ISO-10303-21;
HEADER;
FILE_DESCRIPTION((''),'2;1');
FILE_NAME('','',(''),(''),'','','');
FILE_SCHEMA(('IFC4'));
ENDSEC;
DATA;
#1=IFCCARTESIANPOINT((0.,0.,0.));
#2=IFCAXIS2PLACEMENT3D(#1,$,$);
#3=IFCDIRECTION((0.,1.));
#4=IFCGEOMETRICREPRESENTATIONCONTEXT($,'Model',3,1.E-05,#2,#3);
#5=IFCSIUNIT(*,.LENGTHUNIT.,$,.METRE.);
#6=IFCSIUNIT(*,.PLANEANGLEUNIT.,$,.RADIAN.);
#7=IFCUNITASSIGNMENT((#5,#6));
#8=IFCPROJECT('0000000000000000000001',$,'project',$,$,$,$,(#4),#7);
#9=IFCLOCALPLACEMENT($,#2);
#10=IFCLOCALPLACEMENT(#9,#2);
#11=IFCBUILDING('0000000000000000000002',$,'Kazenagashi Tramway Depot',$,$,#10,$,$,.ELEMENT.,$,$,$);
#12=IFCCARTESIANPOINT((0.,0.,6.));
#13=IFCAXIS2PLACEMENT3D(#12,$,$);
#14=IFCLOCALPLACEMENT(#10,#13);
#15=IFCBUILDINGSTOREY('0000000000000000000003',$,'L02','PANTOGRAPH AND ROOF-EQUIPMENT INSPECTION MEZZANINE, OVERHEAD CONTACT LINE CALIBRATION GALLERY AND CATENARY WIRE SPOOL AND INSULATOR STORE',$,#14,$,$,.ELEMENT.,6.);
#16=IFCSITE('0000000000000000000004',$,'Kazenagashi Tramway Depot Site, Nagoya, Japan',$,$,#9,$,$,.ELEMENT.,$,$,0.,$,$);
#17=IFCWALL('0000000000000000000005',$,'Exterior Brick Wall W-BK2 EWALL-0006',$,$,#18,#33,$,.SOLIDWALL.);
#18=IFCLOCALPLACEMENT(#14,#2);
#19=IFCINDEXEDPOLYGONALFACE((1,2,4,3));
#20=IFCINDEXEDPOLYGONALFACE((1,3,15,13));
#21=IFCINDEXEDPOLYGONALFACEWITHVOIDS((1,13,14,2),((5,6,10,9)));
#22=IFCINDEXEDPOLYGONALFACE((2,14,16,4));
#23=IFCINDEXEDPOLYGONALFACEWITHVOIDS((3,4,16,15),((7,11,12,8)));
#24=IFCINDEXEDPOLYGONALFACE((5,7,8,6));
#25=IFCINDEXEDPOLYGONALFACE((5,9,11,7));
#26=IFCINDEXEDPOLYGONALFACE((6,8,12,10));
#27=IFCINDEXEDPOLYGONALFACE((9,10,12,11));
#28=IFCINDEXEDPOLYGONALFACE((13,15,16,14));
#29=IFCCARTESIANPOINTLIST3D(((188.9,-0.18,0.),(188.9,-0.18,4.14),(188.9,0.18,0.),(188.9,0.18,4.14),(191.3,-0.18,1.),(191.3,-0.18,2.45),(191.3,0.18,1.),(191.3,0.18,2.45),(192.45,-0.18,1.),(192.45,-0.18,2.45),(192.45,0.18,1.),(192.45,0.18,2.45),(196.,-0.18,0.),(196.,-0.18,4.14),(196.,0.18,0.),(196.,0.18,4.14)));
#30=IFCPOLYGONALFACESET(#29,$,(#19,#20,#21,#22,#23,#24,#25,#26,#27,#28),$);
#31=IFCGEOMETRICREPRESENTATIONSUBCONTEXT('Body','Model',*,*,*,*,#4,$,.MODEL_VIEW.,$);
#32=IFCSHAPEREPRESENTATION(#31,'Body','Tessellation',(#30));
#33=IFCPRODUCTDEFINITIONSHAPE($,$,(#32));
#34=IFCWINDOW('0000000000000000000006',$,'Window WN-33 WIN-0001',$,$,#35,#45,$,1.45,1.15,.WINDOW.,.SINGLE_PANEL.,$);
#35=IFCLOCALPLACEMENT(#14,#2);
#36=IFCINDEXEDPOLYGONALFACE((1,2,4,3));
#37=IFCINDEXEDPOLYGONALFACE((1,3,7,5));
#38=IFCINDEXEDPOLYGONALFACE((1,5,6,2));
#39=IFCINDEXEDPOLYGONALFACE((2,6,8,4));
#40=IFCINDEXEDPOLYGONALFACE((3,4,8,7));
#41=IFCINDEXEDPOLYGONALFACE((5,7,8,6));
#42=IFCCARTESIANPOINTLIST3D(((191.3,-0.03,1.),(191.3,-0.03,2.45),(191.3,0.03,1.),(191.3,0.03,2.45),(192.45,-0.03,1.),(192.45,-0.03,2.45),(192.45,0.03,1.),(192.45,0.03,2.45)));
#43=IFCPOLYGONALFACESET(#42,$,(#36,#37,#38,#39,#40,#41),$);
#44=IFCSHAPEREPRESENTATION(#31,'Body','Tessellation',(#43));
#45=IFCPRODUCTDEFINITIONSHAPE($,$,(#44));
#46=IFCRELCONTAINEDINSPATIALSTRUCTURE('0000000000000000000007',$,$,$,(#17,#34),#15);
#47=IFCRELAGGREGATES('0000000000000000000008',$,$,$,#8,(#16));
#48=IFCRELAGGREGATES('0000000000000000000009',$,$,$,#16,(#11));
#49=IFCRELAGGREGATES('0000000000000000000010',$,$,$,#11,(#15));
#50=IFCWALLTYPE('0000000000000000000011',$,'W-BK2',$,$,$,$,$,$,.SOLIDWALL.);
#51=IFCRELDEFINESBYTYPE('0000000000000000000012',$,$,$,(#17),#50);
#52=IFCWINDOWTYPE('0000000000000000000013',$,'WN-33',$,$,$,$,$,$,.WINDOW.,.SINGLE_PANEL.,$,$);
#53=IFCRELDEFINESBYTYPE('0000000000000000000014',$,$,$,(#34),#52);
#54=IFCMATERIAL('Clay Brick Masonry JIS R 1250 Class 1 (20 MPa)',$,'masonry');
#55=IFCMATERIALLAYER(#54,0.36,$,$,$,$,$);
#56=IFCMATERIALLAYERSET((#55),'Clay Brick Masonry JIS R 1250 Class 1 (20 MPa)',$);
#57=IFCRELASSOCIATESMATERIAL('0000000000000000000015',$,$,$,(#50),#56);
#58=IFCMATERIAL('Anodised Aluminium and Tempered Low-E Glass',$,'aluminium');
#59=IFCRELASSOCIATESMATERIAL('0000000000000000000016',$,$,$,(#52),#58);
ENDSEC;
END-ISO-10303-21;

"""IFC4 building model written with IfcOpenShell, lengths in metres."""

from ifc_helpers import new_model, si_unit, direction, frame, frame_2d, origin, place, context, subcontext, project, spatial, rectangle, extrude, material, layer, layer_set, type_object, element, fill, save


model = new_model("IFC4")

# Units and contexts
model_context = context("Model", 3, precision=1e-05, world=origin(), true_north=direction((0.0, 1.0)))
body_context = subcontext(model_context, "Body", "Model", "MODEL_VIEW")
ifc_project = project(units=[si_unit("LENGTHUNIT", "METRE"), si_unit("PLANEANGLEUNIT", "RADIAN")], contexts=[model_context])

# Site, building, storey
site_placement = place(None, origin())
site = spatial("IfcSite", under=ifc_project, at=site_placement, Name="Kazenagashi Tramway Depot Site, Nagoya, Japan", CompositionType="ELEMENT", RefElevation=0.0)
building_placement = place(site_placement, origin())
building = spatial("IfcBuilding", under=site, at=building_placement, Name="Kazenagashi Tramway Depot", CompositionType="ELEMENT")
storey_placement = place(building_placement, frame((0.0, 0.0, 6.0)))
storey = spatial("IfcBuildingStorey", under=building, at=storey_placement, Name="L02", Description="PANTOGRAPH AND ROOF-EQUIPMENT INSPECTION MEZZANINE, OVERHEAD CONTACT LINE CALIBRATION GALLERY AND CATENARY WIRE SPOOL AND INSULATOR STORE", CompositionType="ELEMENT", Elevation=6.0)

# Wall, opening, window
ifc_material_1 = material(Name="Clay Brick Masonry JIS R 1250 Class 1 (20 MPa)", Category="masonry")
ifc_layer_1 = layer(ifc_material_1, 0.36)
ifc_layer_set_1 = layer_set([ifc_layer_1], Name="Clay Brick Masonry JIS R 1250 Class 1 (20 MPa)")
wall_type = type_object("IfcWallType", Name="W-BK2", PredefinedType="SOLIDWALL", material=ifc_layer_set_1)
wall_placement = place(storey_placement, frame((188.9, 0.0, 0.0), z_axis=(0.0, 0.0, 1.0), x_axis=(1.0, 0.0, 0.0)))
wall = element("IfcWall", 1, at=wall_placement, inside=storey, type_object=wall_type, Name="Exterior Brick Wall W-BK2 EWALL-0006", PredefinedType="SOLIDWALL", context=body_context, shape_type="SweptSolid", body=[
    extrude(rectangle(XDim=7.1, YDim=0.36, at=frame_2d((3.55, 0.0))), origin(), (0.0, 0.0, 1.0), 4.14),
])
opening_placement = place(wall_placement, frame((2.4, 0.0, 1.0)))
opening = element("IfcOpeningElement", 2, at=opening_placement, cuts=wall, PredefinedType="OPENING", context=body_context, shape_type="SweptSolid", body=[
    extrude(rectangle(XDim=1.15, YDim=1.45, at=frame_2d((0.575, 0.725))), frame((0.0, 0.19, 0.0), z_axis=(0.0, -1.0, 0.0), x_axis=(1.0, 0.0, 0.0)), (0.0, 0.0, 1.0), 0.38),
])
ifc_material_2 = material(Name="Anodised Aluminium and Tempered Low-E Glass", Category="aluminium")
window_type = type_object("IfcWindowType", Name="WN-33", PartitioningType="SINGLE_PANEL", PredefinedType="WINDOW", material=ifc_material_2)
window_placement = place(opening_placement, origin())
window = element("IfcWindow", 3, at=window_placement, inside=storey, type_object=window_type, Name="Window WN-33 WIN-0001", OverallHeight=1.45, OverallWidth=1.15, PartitioningType="SINGLE_PANEL", PredefinedType="WINDOW", context=body_context, shape_type="SweptSolid", body=[
    extrude(rectangle(XDim=1.15, YDim=1.45, at=frame_2d((0.575, 0.725))), frame((0.0, 0.03, 0.0), z_axis=(0.0, -1.0, 0.0), x_axis=(1.0, 0.0, 0.0)), (0.0, 0.0, 1.0), 0.06),
])
fill(opening, window)

save(model, "model.ifc")
